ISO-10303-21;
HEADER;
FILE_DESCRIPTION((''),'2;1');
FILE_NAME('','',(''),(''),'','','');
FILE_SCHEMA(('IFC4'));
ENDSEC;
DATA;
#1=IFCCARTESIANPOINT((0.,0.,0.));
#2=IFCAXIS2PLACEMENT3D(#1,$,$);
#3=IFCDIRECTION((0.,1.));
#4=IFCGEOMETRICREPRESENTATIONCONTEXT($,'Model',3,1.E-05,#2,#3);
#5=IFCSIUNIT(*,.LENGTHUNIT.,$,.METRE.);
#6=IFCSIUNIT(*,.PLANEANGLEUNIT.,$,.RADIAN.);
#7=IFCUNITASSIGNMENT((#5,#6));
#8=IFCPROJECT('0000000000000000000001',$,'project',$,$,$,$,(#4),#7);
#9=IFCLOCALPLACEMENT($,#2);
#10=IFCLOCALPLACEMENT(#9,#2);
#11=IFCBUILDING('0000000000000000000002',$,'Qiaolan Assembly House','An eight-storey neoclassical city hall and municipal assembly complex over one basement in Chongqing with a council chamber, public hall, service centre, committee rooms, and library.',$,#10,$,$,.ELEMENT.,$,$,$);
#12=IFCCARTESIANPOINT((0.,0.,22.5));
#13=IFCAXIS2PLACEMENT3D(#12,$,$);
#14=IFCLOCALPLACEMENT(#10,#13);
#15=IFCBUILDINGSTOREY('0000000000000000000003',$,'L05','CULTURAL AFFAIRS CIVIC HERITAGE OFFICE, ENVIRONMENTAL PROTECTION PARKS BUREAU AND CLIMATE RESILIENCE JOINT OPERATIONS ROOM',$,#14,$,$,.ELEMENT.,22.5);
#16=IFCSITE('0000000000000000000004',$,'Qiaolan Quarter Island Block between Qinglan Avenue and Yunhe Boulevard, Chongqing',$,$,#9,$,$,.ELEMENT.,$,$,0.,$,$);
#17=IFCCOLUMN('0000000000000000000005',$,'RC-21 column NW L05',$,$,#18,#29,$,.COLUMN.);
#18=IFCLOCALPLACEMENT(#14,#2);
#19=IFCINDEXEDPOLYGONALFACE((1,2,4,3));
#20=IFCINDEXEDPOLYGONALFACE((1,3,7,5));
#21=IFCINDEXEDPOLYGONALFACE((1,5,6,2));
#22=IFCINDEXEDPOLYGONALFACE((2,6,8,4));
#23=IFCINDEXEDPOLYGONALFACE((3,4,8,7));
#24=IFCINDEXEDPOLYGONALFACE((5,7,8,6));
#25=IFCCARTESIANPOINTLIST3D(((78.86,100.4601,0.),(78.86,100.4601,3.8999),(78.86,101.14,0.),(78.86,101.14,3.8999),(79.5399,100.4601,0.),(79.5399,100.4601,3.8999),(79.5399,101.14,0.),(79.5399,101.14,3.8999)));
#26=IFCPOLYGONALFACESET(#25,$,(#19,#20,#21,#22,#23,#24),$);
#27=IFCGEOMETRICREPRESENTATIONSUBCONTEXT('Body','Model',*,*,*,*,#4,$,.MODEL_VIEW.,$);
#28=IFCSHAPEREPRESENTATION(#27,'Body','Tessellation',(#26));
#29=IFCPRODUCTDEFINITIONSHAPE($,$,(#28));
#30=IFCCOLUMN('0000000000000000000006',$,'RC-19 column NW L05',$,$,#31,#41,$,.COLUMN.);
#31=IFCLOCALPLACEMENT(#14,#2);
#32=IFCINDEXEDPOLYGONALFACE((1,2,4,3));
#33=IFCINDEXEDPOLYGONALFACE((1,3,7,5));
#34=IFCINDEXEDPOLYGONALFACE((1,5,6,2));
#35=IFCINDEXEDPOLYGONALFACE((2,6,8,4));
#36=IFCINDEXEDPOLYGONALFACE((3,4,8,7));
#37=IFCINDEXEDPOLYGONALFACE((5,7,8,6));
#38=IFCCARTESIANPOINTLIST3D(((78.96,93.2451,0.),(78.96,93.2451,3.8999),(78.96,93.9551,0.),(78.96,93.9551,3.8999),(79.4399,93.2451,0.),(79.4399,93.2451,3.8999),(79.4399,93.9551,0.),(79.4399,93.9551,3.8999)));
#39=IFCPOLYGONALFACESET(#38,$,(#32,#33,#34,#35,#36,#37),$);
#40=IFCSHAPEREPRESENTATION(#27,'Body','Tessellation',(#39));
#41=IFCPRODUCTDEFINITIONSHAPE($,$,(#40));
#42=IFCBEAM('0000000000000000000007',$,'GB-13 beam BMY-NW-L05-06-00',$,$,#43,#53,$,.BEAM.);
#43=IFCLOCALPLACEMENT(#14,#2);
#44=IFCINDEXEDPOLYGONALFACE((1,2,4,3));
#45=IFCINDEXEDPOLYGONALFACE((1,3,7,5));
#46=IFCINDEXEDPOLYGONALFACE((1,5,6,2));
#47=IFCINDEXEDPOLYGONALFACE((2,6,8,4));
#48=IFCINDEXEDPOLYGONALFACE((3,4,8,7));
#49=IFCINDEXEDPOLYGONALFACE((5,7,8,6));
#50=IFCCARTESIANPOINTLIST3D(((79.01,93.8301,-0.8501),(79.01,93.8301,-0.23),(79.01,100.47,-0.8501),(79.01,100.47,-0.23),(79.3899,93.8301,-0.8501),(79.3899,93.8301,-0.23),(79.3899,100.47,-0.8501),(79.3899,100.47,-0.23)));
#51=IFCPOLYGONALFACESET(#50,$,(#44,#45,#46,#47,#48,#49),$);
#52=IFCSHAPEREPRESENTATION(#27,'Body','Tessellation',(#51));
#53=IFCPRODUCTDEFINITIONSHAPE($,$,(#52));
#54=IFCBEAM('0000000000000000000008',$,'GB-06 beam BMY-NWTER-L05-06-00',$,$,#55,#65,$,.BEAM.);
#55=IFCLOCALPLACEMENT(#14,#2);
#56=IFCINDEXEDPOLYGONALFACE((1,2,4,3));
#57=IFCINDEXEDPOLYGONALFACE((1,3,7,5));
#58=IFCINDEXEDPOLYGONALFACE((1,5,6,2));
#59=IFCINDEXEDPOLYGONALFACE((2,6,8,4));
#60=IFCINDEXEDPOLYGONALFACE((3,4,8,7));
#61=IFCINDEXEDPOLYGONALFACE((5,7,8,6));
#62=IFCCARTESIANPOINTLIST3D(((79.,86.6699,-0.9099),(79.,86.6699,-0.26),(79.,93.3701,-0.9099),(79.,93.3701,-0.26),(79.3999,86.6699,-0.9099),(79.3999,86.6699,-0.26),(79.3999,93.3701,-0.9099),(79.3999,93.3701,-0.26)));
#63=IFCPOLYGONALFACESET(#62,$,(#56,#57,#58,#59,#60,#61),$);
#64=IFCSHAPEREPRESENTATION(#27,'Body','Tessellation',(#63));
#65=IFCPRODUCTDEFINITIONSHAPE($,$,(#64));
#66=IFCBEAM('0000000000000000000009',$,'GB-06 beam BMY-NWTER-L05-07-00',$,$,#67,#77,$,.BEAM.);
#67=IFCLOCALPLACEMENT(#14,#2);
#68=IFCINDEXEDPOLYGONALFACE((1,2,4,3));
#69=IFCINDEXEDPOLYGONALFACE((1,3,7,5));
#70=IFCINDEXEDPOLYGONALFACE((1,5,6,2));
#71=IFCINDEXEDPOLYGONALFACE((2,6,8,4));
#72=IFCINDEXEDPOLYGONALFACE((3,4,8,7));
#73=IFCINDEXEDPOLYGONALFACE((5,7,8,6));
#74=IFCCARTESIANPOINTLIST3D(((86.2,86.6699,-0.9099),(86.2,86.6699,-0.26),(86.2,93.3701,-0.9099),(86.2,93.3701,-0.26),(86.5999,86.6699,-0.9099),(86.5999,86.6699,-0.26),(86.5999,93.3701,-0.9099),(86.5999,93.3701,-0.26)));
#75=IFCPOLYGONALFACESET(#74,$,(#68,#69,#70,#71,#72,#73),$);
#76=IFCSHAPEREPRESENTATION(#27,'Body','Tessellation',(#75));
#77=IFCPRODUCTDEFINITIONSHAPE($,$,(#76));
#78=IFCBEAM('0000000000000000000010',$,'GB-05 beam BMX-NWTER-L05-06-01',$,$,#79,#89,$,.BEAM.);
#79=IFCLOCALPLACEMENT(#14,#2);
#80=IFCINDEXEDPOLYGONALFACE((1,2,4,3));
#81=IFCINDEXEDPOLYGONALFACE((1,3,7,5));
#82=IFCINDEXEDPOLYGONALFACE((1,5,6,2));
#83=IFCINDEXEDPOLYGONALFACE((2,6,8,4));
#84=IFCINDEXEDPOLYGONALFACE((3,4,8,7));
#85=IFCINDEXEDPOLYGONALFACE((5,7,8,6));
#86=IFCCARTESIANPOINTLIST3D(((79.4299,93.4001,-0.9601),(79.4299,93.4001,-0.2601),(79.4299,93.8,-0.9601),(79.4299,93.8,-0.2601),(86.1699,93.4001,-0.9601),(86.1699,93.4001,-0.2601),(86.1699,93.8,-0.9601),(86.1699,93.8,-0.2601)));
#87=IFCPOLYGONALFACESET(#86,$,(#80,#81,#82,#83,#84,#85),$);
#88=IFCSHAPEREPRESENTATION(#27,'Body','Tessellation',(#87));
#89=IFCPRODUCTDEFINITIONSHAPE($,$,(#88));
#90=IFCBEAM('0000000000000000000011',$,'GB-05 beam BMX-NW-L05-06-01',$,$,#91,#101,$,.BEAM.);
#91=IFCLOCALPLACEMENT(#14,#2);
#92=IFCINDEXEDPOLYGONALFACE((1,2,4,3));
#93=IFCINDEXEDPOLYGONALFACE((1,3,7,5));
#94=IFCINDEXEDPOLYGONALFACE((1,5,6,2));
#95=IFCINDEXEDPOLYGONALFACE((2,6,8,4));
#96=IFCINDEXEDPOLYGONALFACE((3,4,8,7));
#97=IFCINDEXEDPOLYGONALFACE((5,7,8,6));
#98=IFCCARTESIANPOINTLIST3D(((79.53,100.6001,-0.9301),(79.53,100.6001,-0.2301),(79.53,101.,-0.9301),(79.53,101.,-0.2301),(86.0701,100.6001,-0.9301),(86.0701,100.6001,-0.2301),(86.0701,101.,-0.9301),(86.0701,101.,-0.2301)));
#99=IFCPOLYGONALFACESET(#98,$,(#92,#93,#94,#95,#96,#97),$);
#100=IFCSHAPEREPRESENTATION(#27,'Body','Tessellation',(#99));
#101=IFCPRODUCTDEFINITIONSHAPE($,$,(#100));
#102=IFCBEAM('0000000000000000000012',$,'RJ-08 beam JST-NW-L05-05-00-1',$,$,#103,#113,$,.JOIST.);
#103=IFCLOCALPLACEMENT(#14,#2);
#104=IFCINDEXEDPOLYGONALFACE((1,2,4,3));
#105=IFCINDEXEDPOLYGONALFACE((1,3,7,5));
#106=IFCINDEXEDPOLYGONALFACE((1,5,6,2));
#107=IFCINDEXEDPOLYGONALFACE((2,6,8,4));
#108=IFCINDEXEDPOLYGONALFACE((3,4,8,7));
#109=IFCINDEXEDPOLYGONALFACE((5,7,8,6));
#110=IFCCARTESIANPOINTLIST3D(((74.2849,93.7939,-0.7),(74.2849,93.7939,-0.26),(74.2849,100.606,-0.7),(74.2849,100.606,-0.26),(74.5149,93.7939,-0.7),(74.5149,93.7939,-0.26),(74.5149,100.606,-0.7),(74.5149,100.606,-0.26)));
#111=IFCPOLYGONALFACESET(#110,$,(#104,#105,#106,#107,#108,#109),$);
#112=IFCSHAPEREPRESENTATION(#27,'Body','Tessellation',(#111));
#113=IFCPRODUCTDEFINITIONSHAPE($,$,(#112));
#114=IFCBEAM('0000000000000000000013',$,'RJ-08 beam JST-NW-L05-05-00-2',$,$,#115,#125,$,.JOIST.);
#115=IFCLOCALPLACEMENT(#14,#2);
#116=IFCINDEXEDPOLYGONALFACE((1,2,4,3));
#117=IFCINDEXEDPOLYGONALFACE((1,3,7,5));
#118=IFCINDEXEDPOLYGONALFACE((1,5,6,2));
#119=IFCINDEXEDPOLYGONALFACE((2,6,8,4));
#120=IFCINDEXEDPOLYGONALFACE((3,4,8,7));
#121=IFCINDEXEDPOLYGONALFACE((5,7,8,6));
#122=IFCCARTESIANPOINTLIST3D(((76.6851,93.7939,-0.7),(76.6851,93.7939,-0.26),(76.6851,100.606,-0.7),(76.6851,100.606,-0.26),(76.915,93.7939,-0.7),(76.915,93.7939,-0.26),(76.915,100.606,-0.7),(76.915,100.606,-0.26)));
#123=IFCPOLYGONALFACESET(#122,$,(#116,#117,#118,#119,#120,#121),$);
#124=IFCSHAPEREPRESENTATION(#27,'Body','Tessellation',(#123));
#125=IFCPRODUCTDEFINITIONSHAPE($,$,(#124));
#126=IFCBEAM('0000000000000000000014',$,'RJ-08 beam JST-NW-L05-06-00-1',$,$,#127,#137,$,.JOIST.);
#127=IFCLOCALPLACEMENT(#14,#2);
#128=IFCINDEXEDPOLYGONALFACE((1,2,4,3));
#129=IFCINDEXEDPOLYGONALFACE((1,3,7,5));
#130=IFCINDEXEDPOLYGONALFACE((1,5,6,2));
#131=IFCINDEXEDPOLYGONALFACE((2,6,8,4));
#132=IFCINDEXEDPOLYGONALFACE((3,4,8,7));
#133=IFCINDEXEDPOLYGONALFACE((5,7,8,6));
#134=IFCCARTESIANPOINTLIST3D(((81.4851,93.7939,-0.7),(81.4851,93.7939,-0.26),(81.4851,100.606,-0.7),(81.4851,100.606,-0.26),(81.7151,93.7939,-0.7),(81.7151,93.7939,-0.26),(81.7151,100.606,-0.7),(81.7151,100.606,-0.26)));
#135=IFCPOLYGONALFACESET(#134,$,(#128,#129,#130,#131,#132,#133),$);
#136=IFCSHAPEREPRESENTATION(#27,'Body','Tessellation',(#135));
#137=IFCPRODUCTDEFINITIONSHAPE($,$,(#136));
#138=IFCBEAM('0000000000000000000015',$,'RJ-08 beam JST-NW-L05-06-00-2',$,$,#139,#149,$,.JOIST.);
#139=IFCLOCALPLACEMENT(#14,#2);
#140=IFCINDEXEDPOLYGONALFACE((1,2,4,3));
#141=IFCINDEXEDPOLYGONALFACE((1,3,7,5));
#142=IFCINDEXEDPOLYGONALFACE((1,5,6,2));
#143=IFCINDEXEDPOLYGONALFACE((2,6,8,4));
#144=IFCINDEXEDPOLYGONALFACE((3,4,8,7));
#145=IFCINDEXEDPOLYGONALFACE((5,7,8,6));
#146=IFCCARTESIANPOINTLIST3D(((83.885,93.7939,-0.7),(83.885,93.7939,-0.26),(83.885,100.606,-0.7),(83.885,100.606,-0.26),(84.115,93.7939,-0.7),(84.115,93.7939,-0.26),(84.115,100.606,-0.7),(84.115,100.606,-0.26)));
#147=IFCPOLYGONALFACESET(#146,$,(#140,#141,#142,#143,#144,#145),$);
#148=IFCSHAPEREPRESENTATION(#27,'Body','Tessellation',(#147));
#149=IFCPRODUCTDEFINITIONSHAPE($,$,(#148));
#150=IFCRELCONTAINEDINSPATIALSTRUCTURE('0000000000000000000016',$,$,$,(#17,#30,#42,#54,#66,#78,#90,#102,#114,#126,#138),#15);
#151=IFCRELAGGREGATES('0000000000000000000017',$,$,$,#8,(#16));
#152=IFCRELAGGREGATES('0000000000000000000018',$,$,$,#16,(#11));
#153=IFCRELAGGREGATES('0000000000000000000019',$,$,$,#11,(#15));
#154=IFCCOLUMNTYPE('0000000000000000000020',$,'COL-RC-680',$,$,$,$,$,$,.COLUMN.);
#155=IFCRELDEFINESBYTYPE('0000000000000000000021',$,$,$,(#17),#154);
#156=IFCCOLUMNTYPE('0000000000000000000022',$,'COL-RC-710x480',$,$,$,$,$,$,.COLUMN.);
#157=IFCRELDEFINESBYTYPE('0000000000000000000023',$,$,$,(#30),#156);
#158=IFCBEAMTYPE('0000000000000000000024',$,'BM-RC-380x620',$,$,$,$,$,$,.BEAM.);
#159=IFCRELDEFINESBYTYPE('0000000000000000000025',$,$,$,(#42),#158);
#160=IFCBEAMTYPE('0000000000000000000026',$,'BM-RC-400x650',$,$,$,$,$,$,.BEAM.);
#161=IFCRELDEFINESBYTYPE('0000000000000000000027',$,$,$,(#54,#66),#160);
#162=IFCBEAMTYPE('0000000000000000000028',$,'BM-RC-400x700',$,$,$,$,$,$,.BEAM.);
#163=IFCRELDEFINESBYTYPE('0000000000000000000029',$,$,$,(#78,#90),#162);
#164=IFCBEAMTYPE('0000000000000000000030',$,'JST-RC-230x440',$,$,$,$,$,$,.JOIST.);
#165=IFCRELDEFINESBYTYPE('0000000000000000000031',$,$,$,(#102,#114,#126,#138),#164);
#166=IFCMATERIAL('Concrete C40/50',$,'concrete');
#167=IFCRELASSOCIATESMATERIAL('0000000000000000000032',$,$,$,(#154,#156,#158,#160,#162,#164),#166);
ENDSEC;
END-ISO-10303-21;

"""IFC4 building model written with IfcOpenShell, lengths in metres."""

from ifc_helpers import new_model, si_unit, direction, frame, origin, origin_2d, place, context, subcontext, project, spatial, rectangle, extrude, material, material_profile, profile_set, type_object, element, save


model = new_model("IFC4")

# Units and contexts
model_context = context("Model", 3, precision=1e-05, world=origin(), true_north=direction((0.0, 1.0)))
body_context = subcontext(model_context, "Body", "Model", "MODEL_VIEW")
ifc_project = project(units=[si_unit("LENGTHUNIT", "METRE"), si_unit("PLANEANGLEUNIT", "RADIAN")], contexts=[model_context])

# Site, building, storey
site_placement = place(None, origin())
site = spatial("IfcSite", under=ifc_project, at=site_placement, Name="Qiaolan Quarter Island Block between Qinglan Avenue and Yunhe Boulevard, Chongqing", CompositionType="ELEMENT", RefElevation=0.0)
building_placement = place(site_placement, origin())
building = spatial("IfcBuilding", under=site, at=building_placement, Name="Qiaolan Assembly House", Description="An eight-storey neoclassical city hall and municipal assembly complex over one basement in Chongqing with a council chamber, public hall, service centre, committee rooms, and library.", CompositionType="ELEMENT")
storey_placement = place(building_placement, frame((0.0, 0.0, 22.5)))
storey = spatial("IfcBuildingStorey", under=building, at=storey_placement, Name="L05", Description="CULTURAL AFFAIRS CIVIC HERITAGE OFFICE, ENVIRONMENTAL PROTECTION PARKS BUREAU AND CLIMATE RESILIENCE JOINT OPERATIONS ROOM", CompositionType="ELEMENT", Elevation=22.5)

# Columns
ifc_material_1 = material(Name="Concrete C40/50", Category="concrete")
ifc_material_profile_1 = material_profile(ifc_material_1, rectangle(XDim=0.6799, YDim=0.6799, at=origin_2d()), Name="RC 680x680")
ifc_profile_set_1 = profile_set([ifc_material_profile_1], Name="Concrete C40/50")
column_type_1 = type_object("IfcColumnType", Name="COL-RC-680", PredefinedType="COLUMN", material=ifc_profile_set_1)
column_1_placement = place(storey_placement, frame((79.2, 100.8, 0.0), z_axis=(0.0, 0.0, 1.0), x_axis=(1.0, 0.0, 0.0)))
element("IfcColumn", 1, at=column_1_placement, inside=storey, type_object=column_type_1, Name="RC-21 column NW L05", PredefinedType="COLUMN", context=body_context, shape_type="SweptSolid", body=[
    extrude(rectangle(XDim=0.6799, YDim=0.6799, at=origin_2d()), origin(), (0.0, 0.0, 1.0), 3.8999),
])
ifc_material_profile_2 = material_profile(ifc_material_1, rectangle(XDim=0.48, YDim=0.71, at=origin_2d()), Name="RC 710x480")
ifc_profile_set_2 = profile_set([ifc_material_profile_2], Name="Concrete C40/50")
column_type_2 = type_object("IfcColumnType", Name="COL-RC-710x480", PredefinedType="COLUMN", material=ifc_profile_set_2)
column_2_placement = place(storey_placement, frame((79.2, 93.6001, 0.0), z_axis=(0.0, 0.0, 1.0), x_axis=(1.0, 0.0, 0.0)))
element("IfcColumn", 2, at=column_2_placement, inside=storey, type_object=column_type_2, Name="RC-19 column NW L05", PredefinedType="COLUMN", context=body_context, shape_type="SweptSolid", body=[
    extrude(rectangle(XDim=0.48, YDim=0.71, at=origin_2d()), origin(), (0.0, 0.0, 1.0), 3.8999),
])

# Beams
ifc_material_profile_3 = material_profile(ifc_material_1, rectangle(XDim=0.3799, YDim=0.6201, at=origin_2d()), Name="RCB 380x620")
ifc_profile_set_3 = profile_set([ifc_material_profile_3], Name="Concrete C40/50")
beam_type_1 = type_object("IfcBeamType", Name="BM-RC-380x620", PredefinedType="BEAM", material=ifc_profile_set_3)
beam_1_placement = place(storey_placement, frame((79.2, 93.8301, -0.54), z_axis=(0.0, 1.0, 0.0), x_axis=(-1.0, 0.0, 0.0)))
element("IfcBeam", 3, at=beam_1_placement, inside=storey, type_object=beam_type_1, Name="GB-13 beam BMY-NW-L05-06-00", PredefinedType="BEAM", context=body_context, shape_type="SweptSolid", body=[
    extrude(rectangle(XDim=0.3799, YDim=0.6201, at=origin_2d()), origin(), (0.0, 0.0, 1.0), 6.6399),
])
ifc_material_profile_4 = material_profile(ifc_material_1, rectangle(XDim=0.3999, YDim=0.6499, at=origin_2d()), Name="RCB 400x650")
ifc_profile_set_4 = profile_set([ifc_material_profile_4], Name="Concrete C40/50")
beam_type_2 = type_object("IfcBeamType", Name="BM-RC-400x650", PredefinedType="BEAM", material=ifc_profile_set_4)
for number, where, z_axis, x_axis, name in (
    (4, (79.2, 86.6699, -0.585), (0.0, 1.0, 0.0), (-1.0, 0.0, 0.0), "GB-06 beam BMY-NWTER-L05-06-00"),
    (5, (86.3999, 86.6699, -0.585), (0.0, 1.0, 0.0), (-1.0, 0.0, 0.0), "GB-06 beam BMY-NWTER-L05-07-00"),
):
    element("IfcBeam", number, at=place(storey_placement, frame(where, z_axis=z_axis, x_axis=x_axis)), inside=storey, type_object=beam_type_2, Name=name, PredefinedType="BEAM", context=body_context, shape_type="SweptSolid", body=[
        extrude(rectangle(XDim=0.3999, YDim=0.6499, at=origin_2d()), origin(), (0.0, 0.0, 1.0), 6.7002),
    ])
ifc_material_profile_5 = material_profile(ifc_material_1, rectangle(XDim=0.3999, YDim=0.7, at=origin_2d()), Name="RCB 400x700")
ifc_profile_set_5 = profile_set([ifc_material_profile_5], Name="Concrete C40/50")
beam_type_3 = type_object("IfcBeamType", Name="BM-RC-400x700", PredefinedType="BEAM", material=ifc_profile_set_5)
beam_2_placement = place(storey_placement, frame((79.4299, 93.6001, -0.6101), z_axis=(1.0, 0.0, 0.0), x_axis=(0.0, 1.0, 0.0)))
element("IfcBeam", 6, at=beam_2_placement, inside=storey, type_object=beam_type_3, Name="GB-05 beam BMX-NWTER-L05-06-01", PredefinedType="BEAM", context=body_context, shape_type="SweptSolid", body=[
    extrude(rectangle(XDim=0.3999, YDim=0.7, at=origin_2d()), origin(), (0.0, 0.0, 1.0), 6.74),
])
beam_3_placement = place(storey_placement, frame((79.53, 100.8, -0.5801), z_axis=(1.0, 0.0, 0.0), x_axis=(0.0, 1.0, 0.0)))
element("IfcBeam", 7, at=beam_3_placement, inside=storey, type_object=beam_type_3, Name="GB-05 beam BMX-NW-L05-06-01", PredefinedType="BEAM", context=body_context, shape_type="SweptSolid", body=[
    extrude(rectangle(XDim=0.3999, YDim=0.7, at=origin_2d()), origin(), (0.0, 0.0, 1.0), 6.54),
])
ifc_material_profile_6 = material_profile(ifc_material_1, rectangle(XDim=0.23, YDim=0.4399, at=origin_2d()), Name="RCB 230x440")
ifc_profile_set_6 = profile_set([ifc_material_profile_6], Name="Concrete C40/50")
beam_type_4 = type_object("IfcBeamType", Name="JST-RC-230x440", PredefinedType="JOIST", material=ifc_profile_set_6)
for number, where, z_axis, x_axis, name in (
    (8, (74.3999, 93.7939, -0.48), (0.0, 1.0, 0.0), (-1.0, 0.0, 0.0), "RJ-08 beam JST-NW-L05-05-00-1"),
    (9, (76.8, 93.7939, -0.48), (0.0, 1.0, 0.0), (-1.0, 0.0, 0.0), "RJ-08 beam JST-NW-L05-05-00-2"),
    (10, (81.6001, 93.7939, -0.48), (0.0, 1.0, 0.0), (-1.0, 0.0, 0.0), "RJ-08 beam JST-NW-L05-06-00-1"),
    (11, (84.0, 93.7939, -0.48), (0.0, 1.0, 0.0), (-1.0, 0.0, 0.0), "RJ-08 beam JST-NW-L05-06-00-2"),
):
    element("IfcBeam", number, at=place(storey_placement, frame(where, z_axis=z_axis, x_axis=x_axis)), inside=storey, type_object=beam_type_4, Name=name, PredefinedType="JOIST", context=body_context, shape_type="SweptSolid", body=[
        extrude(rectangle(XDim=0.23, YDim=0.4399, at=origin_2d()), origin(), (0.0, 0.0, 1.0), 6.812),
    ])

save(model, "model.ifc")
